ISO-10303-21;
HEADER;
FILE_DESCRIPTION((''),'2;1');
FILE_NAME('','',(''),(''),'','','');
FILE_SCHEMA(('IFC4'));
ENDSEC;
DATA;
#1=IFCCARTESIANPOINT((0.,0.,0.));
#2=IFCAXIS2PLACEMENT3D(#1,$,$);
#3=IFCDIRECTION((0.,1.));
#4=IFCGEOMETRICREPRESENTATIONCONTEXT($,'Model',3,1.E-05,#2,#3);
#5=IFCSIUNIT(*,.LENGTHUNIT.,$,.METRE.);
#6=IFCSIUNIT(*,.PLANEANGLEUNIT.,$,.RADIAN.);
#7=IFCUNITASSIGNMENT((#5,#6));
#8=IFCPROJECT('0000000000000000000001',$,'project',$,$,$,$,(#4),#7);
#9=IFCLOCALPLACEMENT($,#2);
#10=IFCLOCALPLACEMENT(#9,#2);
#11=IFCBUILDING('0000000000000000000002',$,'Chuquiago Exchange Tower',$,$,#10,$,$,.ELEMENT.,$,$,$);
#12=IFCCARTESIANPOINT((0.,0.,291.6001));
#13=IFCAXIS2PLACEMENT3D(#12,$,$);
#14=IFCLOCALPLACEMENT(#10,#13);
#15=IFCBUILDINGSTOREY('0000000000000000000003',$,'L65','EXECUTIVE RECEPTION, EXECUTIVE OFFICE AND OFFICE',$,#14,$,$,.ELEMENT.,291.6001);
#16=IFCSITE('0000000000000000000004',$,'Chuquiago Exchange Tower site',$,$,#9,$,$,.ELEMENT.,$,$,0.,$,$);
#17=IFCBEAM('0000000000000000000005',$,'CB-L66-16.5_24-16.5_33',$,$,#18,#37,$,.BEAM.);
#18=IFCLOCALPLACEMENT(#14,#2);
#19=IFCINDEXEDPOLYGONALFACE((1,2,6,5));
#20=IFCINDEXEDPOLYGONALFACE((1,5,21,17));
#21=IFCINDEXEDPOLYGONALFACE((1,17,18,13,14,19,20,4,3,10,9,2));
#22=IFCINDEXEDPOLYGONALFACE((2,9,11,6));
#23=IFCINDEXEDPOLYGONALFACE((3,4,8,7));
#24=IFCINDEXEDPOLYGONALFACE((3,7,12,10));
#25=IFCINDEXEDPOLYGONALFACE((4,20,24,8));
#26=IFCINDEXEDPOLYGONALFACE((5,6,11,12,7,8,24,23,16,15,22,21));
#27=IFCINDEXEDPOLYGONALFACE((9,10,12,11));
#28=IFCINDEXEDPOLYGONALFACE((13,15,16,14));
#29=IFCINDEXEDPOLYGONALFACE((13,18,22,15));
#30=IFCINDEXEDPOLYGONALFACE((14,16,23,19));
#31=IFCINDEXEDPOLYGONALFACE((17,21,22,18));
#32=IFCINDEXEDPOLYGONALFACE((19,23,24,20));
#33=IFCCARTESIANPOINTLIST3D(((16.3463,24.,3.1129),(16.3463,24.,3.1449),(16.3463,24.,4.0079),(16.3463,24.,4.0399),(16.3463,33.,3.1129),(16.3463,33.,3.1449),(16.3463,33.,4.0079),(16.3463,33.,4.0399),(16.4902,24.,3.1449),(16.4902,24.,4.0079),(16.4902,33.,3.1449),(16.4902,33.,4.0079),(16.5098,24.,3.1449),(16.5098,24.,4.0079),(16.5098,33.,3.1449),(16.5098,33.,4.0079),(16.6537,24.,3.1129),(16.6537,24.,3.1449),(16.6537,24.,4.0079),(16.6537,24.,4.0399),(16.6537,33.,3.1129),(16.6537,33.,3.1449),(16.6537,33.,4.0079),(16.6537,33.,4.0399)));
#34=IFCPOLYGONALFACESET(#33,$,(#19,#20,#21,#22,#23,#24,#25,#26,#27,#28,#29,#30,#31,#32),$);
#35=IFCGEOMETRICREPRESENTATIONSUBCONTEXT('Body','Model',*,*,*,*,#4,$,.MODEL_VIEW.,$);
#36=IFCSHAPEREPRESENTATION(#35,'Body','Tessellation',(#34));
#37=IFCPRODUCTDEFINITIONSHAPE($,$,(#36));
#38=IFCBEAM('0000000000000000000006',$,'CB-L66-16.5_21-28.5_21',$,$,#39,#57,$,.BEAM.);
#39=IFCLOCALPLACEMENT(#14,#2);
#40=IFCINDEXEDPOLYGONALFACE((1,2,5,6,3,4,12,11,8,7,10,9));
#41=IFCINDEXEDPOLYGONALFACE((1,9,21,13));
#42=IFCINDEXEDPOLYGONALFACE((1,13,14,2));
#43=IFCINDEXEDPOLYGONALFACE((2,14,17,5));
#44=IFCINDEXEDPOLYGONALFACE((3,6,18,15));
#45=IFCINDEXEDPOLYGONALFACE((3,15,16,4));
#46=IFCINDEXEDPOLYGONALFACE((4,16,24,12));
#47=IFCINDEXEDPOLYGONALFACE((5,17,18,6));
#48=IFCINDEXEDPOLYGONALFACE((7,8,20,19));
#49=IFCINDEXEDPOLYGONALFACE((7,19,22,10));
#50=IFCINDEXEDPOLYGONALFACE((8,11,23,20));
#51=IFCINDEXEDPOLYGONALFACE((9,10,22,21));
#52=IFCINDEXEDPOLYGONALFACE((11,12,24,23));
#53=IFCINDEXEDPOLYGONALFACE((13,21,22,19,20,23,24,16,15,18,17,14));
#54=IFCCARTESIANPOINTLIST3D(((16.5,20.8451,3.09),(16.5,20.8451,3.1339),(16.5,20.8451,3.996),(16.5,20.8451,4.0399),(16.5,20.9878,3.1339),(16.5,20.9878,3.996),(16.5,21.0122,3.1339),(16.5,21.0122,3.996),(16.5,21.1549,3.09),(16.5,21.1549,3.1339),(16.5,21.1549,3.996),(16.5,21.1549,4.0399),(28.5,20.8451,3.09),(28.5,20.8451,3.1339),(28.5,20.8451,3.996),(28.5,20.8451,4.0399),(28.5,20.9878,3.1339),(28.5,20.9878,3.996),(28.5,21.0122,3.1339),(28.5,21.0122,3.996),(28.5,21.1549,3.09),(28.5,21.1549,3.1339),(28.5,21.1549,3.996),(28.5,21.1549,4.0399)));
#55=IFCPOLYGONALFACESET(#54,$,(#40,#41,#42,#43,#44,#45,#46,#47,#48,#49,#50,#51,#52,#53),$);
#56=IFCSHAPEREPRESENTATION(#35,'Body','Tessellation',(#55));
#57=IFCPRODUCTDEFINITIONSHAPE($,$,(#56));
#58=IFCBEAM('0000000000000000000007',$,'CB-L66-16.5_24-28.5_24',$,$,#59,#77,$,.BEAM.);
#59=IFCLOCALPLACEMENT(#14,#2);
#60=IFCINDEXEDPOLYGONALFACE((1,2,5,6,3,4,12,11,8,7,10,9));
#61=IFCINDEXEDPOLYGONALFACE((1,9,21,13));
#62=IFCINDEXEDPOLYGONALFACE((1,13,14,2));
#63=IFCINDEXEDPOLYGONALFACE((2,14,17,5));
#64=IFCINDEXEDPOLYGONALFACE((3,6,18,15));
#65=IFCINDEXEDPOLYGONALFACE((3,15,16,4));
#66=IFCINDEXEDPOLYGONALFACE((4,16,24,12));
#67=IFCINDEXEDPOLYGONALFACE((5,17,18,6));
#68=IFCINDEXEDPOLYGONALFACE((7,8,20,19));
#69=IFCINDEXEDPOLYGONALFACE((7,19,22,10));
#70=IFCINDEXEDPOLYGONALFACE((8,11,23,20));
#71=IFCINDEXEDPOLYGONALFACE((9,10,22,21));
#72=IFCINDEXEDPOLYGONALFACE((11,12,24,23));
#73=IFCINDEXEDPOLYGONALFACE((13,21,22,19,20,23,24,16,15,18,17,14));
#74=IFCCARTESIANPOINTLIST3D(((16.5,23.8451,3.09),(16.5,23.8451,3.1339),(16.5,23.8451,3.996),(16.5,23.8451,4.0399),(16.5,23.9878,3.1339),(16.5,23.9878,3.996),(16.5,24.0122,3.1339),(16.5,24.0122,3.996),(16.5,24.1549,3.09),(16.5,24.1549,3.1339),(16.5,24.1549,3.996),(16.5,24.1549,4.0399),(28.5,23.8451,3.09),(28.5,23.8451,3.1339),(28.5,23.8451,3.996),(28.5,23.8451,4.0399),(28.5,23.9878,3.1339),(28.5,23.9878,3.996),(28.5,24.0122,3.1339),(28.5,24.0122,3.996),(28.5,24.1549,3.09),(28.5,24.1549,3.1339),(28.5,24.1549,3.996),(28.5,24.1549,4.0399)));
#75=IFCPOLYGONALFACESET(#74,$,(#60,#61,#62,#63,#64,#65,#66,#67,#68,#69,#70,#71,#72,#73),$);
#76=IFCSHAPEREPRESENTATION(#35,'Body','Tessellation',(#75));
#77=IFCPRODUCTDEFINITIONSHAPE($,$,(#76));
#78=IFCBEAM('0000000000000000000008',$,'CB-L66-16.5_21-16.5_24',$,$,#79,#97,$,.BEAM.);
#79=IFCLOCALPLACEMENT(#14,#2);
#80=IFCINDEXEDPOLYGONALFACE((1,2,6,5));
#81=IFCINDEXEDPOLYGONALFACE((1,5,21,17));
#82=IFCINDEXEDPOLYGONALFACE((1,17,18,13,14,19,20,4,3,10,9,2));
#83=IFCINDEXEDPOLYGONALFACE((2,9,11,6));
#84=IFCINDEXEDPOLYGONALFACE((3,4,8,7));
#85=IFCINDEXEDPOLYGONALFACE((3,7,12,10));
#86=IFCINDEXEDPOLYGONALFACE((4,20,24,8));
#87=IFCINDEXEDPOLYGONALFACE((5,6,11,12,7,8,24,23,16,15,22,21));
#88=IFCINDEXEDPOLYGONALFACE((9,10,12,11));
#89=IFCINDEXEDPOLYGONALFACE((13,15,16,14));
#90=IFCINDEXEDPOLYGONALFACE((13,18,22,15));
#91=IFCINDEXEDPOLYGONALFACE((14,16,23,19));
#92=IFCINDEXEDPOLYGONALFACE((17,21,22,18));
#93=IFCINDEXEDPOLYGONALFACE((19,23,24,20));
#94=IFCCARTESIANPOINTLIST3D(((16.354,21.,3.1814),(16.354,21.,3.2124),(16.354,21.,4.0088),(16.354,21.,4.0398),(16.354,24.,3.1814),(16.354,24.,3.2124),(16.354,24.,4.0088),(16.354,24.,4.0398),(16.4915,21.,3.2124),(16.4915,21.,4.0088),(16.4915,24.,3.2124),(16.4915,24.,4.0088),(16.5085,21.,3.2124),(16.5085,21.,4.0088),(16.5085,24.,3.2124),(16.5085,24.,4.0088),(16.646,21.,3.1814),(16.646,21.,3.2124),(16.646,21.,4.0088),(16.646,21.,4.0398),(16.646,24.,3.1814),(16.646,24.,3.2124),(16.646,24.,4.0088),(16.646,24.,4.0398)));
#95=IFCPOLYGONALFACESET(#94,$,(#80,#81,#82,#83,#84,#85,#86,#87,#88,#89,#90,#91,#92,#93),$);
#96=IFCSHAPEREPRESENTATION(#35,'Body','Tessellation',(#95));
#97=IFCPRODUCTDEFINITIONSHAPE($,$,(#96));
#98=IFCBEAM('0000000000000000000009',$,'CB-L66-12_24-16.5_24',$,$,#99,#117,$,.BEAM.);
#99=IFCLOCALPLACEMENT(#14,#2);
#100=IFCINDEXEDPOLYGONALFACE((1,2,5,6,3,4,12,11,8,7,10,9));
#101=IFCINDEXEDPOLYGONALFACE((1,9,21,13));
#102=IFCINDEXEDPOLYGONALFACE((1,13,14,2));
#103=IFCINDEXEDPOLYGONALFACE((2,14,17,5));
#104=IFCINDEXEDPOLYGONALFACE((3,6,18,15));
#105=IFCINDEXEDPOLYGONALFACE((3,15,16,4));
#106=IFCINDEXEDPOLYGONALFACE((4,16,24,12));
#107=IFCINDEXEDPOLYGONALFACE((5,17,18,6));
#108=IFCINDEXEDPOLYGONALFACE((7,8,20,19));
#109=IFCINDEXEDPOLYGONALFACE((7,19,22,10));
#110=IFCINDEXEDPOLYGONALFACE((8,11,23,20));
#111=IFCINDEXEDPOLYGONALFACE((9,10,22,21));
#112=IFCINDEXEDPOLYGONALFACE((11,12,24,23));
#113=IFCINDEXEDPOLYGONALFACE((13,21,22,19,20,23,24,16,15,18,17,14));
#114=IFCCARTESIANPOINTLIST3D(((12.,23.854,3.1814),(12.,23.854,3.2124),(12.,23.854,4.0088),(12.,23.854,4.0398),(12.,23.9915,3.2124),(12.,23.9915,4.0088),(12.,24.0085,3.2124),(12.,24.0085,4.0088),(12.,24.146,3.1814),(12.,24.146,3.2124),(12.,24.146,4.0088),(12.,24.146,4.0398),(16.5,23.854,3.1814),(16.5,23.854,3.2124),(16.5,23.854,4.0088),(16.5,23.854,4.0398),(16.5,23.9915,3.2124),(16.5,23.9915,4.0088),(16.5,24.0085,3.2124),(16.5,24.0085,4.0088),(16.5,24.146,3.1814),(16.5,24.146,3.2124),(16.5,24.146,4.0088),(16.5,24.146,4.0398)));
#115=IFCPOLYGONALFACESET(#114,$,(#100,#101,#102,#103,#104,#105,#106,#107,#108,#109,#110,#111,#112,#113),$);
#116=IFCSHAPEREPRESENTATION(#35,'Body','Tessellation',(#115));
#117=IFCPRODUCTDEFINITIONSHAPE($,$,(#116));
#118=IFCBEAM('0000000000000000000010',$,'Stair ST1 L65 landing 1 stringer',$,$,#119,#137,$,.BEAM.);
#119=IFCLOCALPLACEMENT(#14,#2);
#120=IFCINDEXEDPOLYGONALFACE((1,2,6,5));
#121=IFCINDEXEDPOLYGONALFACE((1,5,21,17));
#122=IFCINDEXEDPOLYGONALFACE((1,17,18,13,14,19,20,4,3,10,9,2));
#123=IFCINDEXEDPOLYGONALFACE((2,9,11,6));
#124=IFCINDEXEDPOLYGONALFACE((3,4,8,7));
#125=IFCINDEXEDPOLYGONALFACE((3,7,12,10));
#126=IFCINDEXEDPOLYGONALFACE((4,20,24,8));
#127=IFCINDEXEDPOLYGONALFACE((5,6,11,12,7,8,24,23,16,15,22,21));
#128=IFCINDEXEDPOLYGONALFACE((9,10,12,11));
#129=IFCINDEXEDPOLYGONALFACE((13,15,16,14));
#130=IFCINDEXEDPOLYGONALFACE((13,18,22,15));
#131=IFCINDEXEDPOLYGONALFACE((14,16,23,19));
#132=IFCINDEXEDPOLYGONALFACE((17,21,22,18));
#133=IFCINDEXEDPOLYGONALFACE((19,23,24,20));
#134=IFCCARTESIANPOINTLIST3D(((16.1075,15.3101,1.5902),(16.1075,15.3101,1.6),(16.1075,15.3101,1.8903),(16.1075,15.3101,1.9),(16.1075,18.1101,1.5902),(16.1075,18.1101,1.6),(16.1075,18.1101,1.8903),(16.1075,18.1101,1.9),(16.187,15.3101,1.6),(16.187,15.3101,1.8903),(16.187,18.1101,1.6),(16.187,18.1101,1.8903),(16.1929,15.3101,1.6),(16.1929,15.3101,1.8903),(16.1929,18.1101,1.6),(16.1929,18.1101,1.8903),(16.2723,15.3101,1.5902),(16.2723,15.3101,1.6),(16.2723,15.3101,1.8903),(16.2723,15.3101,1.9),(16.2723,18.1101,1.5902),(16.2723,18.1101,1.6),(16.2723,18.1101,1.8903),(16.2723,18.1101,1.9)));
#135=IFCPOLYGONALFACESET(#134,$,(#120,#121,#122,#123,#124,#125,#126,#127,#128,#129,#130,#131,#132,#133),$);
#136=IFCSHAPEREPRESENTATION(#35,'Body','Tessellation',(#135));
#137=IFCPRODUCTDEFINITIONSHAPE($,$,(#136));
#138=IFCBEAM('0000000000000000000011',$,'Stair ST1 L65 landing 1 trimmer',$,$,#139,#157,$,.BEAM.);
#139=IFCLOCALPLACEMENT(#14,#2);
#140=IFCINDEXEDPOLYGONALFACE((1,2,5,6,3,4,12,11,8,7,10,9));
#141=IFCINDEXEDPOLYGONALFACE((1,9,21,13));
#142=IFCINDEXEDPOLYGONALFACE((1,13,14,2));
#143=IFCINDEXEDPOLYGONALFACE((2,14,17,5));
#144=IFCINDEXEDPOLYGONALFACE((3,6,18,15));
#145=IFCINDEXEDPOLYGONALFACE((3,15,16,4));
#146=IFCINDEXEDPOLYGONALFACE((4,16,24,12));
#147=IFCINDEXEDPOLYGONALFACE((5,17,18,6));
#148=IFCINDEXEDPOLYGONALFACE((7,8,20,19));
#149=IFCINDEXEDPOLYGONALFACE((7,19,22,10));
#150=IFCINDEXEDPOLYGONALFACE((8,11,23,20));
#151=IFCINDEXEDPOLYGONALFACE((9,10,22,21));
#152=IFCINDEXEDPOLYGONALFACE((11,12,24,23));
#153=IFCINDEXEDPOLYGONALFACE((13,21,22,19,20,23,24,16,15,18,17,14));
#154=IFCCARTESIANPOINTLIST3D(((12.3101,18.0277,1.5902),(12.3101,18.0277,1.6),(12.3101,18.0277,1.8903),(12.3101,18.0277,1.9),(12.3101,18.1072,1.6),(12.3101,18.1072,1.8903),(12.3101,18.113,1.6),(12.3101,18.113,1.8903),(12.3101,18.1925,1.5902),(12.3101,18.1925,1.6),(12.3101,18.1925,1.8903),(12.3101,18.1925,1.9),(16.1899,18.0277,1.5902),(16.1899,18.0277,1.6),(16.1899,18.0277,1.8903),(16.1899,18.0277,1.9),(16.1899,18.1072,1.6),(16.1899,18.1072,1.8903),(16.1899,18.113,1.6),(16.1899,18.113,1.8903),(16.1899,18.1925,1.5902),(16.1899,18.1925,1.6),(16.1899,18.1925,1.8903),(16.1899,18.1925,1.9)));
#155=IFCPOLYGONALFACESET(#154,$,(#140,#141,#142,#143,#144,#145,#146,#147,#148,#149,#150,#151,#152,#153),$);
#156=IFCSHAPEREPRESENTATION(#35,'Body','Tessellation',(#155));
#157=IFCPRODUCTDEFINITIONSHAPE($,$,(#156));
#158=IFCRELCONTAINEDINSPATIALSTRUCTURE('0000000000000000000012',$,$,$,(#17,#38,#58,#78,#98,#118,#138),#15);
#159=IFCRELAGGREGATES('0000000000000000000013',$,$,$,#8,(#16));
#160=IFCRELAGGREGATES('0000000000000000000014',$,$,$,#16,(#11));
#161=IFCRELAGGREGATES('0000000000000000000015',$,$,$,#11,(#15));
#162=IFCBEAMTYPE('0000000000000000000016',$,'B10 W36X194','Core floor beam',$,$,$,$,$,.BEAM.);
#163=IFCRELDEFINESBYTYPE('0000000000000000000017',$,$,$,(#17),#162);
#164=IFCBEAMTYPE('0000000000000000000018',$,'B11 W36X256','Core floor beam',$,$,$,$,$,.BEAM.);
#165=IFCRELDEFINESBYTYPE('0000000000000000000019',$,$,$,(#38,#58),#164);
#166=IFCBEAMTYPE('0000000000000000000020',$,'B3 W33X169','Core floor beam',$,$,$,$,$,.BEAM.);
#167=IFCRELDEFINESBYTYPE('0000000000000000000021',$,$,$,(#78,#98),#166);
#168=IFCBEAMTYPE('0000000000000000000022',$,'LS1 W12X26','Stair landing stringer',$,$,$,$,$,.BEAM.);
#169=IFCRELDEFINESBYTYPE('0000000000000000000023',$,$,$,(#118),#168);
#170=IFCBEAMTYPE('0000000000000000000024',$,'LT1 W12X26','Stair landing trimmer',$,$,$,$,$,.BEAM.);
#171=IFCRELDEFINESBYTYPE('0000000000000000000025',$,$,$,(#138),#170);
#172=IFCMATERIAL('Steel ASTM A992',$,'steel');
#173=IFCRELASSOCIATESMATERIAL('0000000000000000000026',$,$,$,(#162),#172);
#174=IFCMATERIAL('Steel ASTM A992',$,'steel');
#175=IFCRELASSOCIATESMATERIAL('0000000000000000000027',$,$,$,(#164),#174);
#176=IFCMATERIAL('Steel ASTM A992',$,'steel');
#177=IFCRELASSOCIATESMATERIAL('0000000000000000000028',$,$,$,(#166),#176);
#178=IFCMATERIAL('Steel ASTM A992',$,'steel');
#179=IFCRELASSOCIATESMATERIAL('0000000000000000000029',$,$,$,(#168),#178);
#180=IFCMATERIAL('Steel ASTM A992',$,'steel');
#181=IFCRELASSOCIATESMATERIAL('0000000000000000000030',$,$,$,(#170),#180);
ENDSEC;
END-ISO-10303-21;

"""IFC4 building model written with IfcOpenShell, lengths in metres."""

from ifc_helpers import new_model, si_unit, direction, frame, origin, origin_2d, place, context, subcontext, project, spatial, i_section, extrude, material, material_profile, profile_set, type_object, element, save


model = new_model("IFC4")

# Units and contexts
model_context = context("Model", 3, precision=1e-05, world=origin(), true_north=direction((0.0, 1.0)))
body_context = subcontext(model_context, "Body", "Model", "MODEL_VIEW")
ifc_project = project(units=[si_unit("LENGTHUNIT", "METRE"), si_unit("PLANEANGLEUNIT", "RADIAN")], contexts=[model_context])

# Site, building, storey
site_placement = place(None, origin())
site = spatial("IfcSite", under=ifc_project, at=site_placement, Name="Chuquiago Exchange Tower site", CompositionType="ELEMENT", RefElevation=0.0)
building_placement = place(site_placement, origin())
building = spatial("IfcBuilding", under=site, at=building_placement, Name="Chuquiago Exchange Tower", CompositionType="ELEMENT")
storey_placement = place(building_placement, frame((0.0, 0.0, 291.6001)))
storey = spatial("IfcBuildingStorey", under=building, at=storey_placement, Name="L65", Description="EXECUTIVE RECEPTION, EXECUTIVE OFFICE AND OFFICE", CompositionType="ELEMENT", Elevation=291.6001)

# Beams
ifc_material_1 = material(Name="Steel ASTM A992", Category="steel")
ifc_material_profile_1 = material_profile(ifc_material_1, i_section(OverallWidth=0.3074, OverallDepth=0.927, WebThickness=0.0195, FlangeThickness=0.032, at=origin_2d()), Name="W36X194")
ifc_profile_set_1 = profile_set([ifc_material_profile_1], Name="Steel ASTM A992")
beam_type_1 = type_object("IfcBeamType", Name="B10 W36X194", Description="Core floor beam", PredefinedType="BEAM", material=ifc_profile_set_1)
for number, where, z_axis, x_axis, name in (
    (1, (16.5, 24.0, 3.5764), (0.0, 1.0, 0.0), (-1.0, 0.0, 0.0), "CB-L66-16.5_24-16.5_33"),
):
    element("IfcBeam", number, at=place(storey_placement, frame(where, z_axis=z_axis, x_axis=x_axis)), inside=storey, type_object=beam_type_1, Name=name, PredefinedType="BEAM", context=body_context, shape_type="SweptSolid", body=[
        extrude(i_section(OverallWidth=0.3074, OverallDepth=0.927, WebThickness=0.0195, FlangeThickness=0.032, at=origin_2d()), origin(), (0.0, 0.0, 1.0), 9.0),
    ])
ifc_material_2 = material(Name="Steel ASTM A992", Category="steel")
ifc_material_profile_2 = material_profile(ifc_material_2, i_section(OverallWidth=0.3098, OverallDepth=0.95, WebThickness=0.0244, FlangeThickness=0.0439, at=origin_2d()), Name="W36X256")
ifc_profile_set_2 = profile_set([ifc_material_profile_2], Name="Steel ASTM A992")
beam_type_2 = type_object("IfcBeamType", Name="B11 W36X256", Description="Core floor beam", PredefinedType="BEAM", material=ifc_profile_set_2)
for number, where, z_axis, x_axis, name in (
    (2, (16.5, 21.0, 3.5649), (1.0, 0.0, 0.0), (0.0, 1.0, 0.0), "CB-L66-16.5_21-28.5_21"),
    (3, (16.5, 24.0, 3.5649), (1.0, 0.0, 0.0), (0.0, 1.0, 0.0), "CB-L66-16.5_24-28.5_24"),
):
    element("IfcBeam", number, at=place(storey_placement, frame(where, z_axis=z_axis, x_axis=x_axis)), inside=storey, type_object=beam_type_2, Name=name, PredefinedType="BEAM", context=body_context, shape_type="SweptSolid", body=[
        extrude(i_section(OverallWidth=0.3098, OverallDepth=0.95, WebThickness=0.0244, FlangeThickness=0.0439, at=origin_2d()), origin(), (0.0, 0.0, 1.0), 12.0),
    ])
ifc_material_3 = material(Name="Steel ASTM A992", Category="steel")
ifc_material_profile_3 = material_profile(ifc_material_3, i_section(OverallWidth=0.292, OverallDepth=0.8584, WebThickness=0.0171, FlangeThickness=0.031, at=origin_2d()), Name="W33X169")
ifc_profile_set_3 = profile_set([ifc_material_profile_3], Name="Steel ASTM A992")
beam_type_3 = type_object("IfcBeamType", Name="B3 W33X169", Description="Core floor beam", PredefinedType="BEAM", material=ifc_profile_set_3)
beam_1_placement = place(storey_placement, frame((16.5, 21.0, 3.6106), z_axis=(0.0, 1.0, 0.0), x_axis=(-1.0, 0.0, 0.0)))
element("IfcBeam", 4, at=beam_1_placement, inside=storey, type_object=beam_type_3, Name="CB-L66-16.5_21-16.5_24", PredefinedType="BEAM", context=body_context, shape_type="SweptSolid", body=[
    extrude(i_section(OverallWidth=0.292, OverallDepth=0.8584, WebThickness=0.0171, FlangeThickness=0.031, at=origin_2d()), origin(), (0.0, 0.0, 1.0), 3.0),
])
beam_2_placement = place(storey_placement, frame((12.0, 24.0, 3.6106), z_axis=(1.0, 0.0, 0.0), x_axis=(0.0, 1.0, 0.0)))
element("IfcBeam", 5, at=beam_2_placement, inside=storey, type_object=beam_type_3, Name="CB-L66-12_24-16.5_24", PredefinedType="BEAM", context=body_context, shape_type="SweptSolid", body=[
    extrude(i_section(OverallWidth=0.292, OverallDepth=0.8584, WebThickness=0.0171, FlangeThickness=0.031, at=origin_2d()), origin(), (0.0, 0.0, 1.0), 4.5),
])
ifc_material_4 = material(Name="Steel ASTM A992", Category="steel")
ifc_material_profile_4 = material_profile(ifc_material_4, i_section(OverallWidth=0.1648, OverallDepth=0.3098, WebThickness=0.0059, FlangeThickness=0.0098, at=origin_2d()), Name="W12X26")
ifc_profile_set_4 = profile_set([ifc_material_profile_4], Name="Steel ASTM A992")
beam_type_4 = type_object("IfcBeamType", Name="LS1 W12X26", Description="Stair landing stringer", PredefinedType="BEAM", material=ifc_profile_set_4)
beam_3_placement = place(storey_placement, frame((16.1899, 15.3101, 1.7451), z_axis=(0.0, 1.0, 0.0), x_axis=(-1.0, 0.0, 0.0)))
element("IfcBeam", 6, at=beam_3_placement, inside=storey, type_object=beam_type_4, Name="Stair ST1 L65 landing 1 stringer", PredefinedType="BEAM", context=body_context, shape_type="SweptSolid", body=[
    extrude(i_section(OverallWidth=0.1648, OverallDepth=0.3098, WebThickness=0.0059, FlangeThickness=0.0098, at=origin_2d()), origin(), (0.0, 0.0, 1.0), 2.8),
])
ifc_material_5 = material(Name="Steel ASTM A992", Category="steel")
ifc_material_profile_5 = material_profile(ifc_material_5, i_section(OverallWidth=0.1648, OverallDepth=0.3098, WebThickness=0.0059, FlangeThickness=0.0098, at=origin_2d()), Name="W12X26")
ifc_profile_set_5 = profile_set([ifc_material_profile_5], Name="Steel ASTM A992")
beam_type_5 = type_object("IfcBeamType", Name="LT1 W12X26", Description="Stair landing trimmer", PredefinedType="BEAM", material=ifc_profile_set_5)
beam_4_placement = place(storey_placement, frame((12.3101, 18.1101, 1.7451), z_axis=(1.0, 0.0, 0.0), x_axis=(0.0, 1.0, 0.0)))
element("IfcBeam", 7, at=beam_4_placement, inside=storey, type_object=beam_type_5, Name="Stair ST1 L65 landing 1 trimmer", PredefinedType="BEAM", context=body_context, shape_type="SweptSolid", body=[
    extrude(i_section(OverallWidth=0.1648, OverallDepth=0.3098, WebThickness=0.0059, FlangeThickness=0.0098, at=origin_2d()), origin(), (0.0, 0.0, 1.0), 3.8799),
])

save(model, "model.ifc")
